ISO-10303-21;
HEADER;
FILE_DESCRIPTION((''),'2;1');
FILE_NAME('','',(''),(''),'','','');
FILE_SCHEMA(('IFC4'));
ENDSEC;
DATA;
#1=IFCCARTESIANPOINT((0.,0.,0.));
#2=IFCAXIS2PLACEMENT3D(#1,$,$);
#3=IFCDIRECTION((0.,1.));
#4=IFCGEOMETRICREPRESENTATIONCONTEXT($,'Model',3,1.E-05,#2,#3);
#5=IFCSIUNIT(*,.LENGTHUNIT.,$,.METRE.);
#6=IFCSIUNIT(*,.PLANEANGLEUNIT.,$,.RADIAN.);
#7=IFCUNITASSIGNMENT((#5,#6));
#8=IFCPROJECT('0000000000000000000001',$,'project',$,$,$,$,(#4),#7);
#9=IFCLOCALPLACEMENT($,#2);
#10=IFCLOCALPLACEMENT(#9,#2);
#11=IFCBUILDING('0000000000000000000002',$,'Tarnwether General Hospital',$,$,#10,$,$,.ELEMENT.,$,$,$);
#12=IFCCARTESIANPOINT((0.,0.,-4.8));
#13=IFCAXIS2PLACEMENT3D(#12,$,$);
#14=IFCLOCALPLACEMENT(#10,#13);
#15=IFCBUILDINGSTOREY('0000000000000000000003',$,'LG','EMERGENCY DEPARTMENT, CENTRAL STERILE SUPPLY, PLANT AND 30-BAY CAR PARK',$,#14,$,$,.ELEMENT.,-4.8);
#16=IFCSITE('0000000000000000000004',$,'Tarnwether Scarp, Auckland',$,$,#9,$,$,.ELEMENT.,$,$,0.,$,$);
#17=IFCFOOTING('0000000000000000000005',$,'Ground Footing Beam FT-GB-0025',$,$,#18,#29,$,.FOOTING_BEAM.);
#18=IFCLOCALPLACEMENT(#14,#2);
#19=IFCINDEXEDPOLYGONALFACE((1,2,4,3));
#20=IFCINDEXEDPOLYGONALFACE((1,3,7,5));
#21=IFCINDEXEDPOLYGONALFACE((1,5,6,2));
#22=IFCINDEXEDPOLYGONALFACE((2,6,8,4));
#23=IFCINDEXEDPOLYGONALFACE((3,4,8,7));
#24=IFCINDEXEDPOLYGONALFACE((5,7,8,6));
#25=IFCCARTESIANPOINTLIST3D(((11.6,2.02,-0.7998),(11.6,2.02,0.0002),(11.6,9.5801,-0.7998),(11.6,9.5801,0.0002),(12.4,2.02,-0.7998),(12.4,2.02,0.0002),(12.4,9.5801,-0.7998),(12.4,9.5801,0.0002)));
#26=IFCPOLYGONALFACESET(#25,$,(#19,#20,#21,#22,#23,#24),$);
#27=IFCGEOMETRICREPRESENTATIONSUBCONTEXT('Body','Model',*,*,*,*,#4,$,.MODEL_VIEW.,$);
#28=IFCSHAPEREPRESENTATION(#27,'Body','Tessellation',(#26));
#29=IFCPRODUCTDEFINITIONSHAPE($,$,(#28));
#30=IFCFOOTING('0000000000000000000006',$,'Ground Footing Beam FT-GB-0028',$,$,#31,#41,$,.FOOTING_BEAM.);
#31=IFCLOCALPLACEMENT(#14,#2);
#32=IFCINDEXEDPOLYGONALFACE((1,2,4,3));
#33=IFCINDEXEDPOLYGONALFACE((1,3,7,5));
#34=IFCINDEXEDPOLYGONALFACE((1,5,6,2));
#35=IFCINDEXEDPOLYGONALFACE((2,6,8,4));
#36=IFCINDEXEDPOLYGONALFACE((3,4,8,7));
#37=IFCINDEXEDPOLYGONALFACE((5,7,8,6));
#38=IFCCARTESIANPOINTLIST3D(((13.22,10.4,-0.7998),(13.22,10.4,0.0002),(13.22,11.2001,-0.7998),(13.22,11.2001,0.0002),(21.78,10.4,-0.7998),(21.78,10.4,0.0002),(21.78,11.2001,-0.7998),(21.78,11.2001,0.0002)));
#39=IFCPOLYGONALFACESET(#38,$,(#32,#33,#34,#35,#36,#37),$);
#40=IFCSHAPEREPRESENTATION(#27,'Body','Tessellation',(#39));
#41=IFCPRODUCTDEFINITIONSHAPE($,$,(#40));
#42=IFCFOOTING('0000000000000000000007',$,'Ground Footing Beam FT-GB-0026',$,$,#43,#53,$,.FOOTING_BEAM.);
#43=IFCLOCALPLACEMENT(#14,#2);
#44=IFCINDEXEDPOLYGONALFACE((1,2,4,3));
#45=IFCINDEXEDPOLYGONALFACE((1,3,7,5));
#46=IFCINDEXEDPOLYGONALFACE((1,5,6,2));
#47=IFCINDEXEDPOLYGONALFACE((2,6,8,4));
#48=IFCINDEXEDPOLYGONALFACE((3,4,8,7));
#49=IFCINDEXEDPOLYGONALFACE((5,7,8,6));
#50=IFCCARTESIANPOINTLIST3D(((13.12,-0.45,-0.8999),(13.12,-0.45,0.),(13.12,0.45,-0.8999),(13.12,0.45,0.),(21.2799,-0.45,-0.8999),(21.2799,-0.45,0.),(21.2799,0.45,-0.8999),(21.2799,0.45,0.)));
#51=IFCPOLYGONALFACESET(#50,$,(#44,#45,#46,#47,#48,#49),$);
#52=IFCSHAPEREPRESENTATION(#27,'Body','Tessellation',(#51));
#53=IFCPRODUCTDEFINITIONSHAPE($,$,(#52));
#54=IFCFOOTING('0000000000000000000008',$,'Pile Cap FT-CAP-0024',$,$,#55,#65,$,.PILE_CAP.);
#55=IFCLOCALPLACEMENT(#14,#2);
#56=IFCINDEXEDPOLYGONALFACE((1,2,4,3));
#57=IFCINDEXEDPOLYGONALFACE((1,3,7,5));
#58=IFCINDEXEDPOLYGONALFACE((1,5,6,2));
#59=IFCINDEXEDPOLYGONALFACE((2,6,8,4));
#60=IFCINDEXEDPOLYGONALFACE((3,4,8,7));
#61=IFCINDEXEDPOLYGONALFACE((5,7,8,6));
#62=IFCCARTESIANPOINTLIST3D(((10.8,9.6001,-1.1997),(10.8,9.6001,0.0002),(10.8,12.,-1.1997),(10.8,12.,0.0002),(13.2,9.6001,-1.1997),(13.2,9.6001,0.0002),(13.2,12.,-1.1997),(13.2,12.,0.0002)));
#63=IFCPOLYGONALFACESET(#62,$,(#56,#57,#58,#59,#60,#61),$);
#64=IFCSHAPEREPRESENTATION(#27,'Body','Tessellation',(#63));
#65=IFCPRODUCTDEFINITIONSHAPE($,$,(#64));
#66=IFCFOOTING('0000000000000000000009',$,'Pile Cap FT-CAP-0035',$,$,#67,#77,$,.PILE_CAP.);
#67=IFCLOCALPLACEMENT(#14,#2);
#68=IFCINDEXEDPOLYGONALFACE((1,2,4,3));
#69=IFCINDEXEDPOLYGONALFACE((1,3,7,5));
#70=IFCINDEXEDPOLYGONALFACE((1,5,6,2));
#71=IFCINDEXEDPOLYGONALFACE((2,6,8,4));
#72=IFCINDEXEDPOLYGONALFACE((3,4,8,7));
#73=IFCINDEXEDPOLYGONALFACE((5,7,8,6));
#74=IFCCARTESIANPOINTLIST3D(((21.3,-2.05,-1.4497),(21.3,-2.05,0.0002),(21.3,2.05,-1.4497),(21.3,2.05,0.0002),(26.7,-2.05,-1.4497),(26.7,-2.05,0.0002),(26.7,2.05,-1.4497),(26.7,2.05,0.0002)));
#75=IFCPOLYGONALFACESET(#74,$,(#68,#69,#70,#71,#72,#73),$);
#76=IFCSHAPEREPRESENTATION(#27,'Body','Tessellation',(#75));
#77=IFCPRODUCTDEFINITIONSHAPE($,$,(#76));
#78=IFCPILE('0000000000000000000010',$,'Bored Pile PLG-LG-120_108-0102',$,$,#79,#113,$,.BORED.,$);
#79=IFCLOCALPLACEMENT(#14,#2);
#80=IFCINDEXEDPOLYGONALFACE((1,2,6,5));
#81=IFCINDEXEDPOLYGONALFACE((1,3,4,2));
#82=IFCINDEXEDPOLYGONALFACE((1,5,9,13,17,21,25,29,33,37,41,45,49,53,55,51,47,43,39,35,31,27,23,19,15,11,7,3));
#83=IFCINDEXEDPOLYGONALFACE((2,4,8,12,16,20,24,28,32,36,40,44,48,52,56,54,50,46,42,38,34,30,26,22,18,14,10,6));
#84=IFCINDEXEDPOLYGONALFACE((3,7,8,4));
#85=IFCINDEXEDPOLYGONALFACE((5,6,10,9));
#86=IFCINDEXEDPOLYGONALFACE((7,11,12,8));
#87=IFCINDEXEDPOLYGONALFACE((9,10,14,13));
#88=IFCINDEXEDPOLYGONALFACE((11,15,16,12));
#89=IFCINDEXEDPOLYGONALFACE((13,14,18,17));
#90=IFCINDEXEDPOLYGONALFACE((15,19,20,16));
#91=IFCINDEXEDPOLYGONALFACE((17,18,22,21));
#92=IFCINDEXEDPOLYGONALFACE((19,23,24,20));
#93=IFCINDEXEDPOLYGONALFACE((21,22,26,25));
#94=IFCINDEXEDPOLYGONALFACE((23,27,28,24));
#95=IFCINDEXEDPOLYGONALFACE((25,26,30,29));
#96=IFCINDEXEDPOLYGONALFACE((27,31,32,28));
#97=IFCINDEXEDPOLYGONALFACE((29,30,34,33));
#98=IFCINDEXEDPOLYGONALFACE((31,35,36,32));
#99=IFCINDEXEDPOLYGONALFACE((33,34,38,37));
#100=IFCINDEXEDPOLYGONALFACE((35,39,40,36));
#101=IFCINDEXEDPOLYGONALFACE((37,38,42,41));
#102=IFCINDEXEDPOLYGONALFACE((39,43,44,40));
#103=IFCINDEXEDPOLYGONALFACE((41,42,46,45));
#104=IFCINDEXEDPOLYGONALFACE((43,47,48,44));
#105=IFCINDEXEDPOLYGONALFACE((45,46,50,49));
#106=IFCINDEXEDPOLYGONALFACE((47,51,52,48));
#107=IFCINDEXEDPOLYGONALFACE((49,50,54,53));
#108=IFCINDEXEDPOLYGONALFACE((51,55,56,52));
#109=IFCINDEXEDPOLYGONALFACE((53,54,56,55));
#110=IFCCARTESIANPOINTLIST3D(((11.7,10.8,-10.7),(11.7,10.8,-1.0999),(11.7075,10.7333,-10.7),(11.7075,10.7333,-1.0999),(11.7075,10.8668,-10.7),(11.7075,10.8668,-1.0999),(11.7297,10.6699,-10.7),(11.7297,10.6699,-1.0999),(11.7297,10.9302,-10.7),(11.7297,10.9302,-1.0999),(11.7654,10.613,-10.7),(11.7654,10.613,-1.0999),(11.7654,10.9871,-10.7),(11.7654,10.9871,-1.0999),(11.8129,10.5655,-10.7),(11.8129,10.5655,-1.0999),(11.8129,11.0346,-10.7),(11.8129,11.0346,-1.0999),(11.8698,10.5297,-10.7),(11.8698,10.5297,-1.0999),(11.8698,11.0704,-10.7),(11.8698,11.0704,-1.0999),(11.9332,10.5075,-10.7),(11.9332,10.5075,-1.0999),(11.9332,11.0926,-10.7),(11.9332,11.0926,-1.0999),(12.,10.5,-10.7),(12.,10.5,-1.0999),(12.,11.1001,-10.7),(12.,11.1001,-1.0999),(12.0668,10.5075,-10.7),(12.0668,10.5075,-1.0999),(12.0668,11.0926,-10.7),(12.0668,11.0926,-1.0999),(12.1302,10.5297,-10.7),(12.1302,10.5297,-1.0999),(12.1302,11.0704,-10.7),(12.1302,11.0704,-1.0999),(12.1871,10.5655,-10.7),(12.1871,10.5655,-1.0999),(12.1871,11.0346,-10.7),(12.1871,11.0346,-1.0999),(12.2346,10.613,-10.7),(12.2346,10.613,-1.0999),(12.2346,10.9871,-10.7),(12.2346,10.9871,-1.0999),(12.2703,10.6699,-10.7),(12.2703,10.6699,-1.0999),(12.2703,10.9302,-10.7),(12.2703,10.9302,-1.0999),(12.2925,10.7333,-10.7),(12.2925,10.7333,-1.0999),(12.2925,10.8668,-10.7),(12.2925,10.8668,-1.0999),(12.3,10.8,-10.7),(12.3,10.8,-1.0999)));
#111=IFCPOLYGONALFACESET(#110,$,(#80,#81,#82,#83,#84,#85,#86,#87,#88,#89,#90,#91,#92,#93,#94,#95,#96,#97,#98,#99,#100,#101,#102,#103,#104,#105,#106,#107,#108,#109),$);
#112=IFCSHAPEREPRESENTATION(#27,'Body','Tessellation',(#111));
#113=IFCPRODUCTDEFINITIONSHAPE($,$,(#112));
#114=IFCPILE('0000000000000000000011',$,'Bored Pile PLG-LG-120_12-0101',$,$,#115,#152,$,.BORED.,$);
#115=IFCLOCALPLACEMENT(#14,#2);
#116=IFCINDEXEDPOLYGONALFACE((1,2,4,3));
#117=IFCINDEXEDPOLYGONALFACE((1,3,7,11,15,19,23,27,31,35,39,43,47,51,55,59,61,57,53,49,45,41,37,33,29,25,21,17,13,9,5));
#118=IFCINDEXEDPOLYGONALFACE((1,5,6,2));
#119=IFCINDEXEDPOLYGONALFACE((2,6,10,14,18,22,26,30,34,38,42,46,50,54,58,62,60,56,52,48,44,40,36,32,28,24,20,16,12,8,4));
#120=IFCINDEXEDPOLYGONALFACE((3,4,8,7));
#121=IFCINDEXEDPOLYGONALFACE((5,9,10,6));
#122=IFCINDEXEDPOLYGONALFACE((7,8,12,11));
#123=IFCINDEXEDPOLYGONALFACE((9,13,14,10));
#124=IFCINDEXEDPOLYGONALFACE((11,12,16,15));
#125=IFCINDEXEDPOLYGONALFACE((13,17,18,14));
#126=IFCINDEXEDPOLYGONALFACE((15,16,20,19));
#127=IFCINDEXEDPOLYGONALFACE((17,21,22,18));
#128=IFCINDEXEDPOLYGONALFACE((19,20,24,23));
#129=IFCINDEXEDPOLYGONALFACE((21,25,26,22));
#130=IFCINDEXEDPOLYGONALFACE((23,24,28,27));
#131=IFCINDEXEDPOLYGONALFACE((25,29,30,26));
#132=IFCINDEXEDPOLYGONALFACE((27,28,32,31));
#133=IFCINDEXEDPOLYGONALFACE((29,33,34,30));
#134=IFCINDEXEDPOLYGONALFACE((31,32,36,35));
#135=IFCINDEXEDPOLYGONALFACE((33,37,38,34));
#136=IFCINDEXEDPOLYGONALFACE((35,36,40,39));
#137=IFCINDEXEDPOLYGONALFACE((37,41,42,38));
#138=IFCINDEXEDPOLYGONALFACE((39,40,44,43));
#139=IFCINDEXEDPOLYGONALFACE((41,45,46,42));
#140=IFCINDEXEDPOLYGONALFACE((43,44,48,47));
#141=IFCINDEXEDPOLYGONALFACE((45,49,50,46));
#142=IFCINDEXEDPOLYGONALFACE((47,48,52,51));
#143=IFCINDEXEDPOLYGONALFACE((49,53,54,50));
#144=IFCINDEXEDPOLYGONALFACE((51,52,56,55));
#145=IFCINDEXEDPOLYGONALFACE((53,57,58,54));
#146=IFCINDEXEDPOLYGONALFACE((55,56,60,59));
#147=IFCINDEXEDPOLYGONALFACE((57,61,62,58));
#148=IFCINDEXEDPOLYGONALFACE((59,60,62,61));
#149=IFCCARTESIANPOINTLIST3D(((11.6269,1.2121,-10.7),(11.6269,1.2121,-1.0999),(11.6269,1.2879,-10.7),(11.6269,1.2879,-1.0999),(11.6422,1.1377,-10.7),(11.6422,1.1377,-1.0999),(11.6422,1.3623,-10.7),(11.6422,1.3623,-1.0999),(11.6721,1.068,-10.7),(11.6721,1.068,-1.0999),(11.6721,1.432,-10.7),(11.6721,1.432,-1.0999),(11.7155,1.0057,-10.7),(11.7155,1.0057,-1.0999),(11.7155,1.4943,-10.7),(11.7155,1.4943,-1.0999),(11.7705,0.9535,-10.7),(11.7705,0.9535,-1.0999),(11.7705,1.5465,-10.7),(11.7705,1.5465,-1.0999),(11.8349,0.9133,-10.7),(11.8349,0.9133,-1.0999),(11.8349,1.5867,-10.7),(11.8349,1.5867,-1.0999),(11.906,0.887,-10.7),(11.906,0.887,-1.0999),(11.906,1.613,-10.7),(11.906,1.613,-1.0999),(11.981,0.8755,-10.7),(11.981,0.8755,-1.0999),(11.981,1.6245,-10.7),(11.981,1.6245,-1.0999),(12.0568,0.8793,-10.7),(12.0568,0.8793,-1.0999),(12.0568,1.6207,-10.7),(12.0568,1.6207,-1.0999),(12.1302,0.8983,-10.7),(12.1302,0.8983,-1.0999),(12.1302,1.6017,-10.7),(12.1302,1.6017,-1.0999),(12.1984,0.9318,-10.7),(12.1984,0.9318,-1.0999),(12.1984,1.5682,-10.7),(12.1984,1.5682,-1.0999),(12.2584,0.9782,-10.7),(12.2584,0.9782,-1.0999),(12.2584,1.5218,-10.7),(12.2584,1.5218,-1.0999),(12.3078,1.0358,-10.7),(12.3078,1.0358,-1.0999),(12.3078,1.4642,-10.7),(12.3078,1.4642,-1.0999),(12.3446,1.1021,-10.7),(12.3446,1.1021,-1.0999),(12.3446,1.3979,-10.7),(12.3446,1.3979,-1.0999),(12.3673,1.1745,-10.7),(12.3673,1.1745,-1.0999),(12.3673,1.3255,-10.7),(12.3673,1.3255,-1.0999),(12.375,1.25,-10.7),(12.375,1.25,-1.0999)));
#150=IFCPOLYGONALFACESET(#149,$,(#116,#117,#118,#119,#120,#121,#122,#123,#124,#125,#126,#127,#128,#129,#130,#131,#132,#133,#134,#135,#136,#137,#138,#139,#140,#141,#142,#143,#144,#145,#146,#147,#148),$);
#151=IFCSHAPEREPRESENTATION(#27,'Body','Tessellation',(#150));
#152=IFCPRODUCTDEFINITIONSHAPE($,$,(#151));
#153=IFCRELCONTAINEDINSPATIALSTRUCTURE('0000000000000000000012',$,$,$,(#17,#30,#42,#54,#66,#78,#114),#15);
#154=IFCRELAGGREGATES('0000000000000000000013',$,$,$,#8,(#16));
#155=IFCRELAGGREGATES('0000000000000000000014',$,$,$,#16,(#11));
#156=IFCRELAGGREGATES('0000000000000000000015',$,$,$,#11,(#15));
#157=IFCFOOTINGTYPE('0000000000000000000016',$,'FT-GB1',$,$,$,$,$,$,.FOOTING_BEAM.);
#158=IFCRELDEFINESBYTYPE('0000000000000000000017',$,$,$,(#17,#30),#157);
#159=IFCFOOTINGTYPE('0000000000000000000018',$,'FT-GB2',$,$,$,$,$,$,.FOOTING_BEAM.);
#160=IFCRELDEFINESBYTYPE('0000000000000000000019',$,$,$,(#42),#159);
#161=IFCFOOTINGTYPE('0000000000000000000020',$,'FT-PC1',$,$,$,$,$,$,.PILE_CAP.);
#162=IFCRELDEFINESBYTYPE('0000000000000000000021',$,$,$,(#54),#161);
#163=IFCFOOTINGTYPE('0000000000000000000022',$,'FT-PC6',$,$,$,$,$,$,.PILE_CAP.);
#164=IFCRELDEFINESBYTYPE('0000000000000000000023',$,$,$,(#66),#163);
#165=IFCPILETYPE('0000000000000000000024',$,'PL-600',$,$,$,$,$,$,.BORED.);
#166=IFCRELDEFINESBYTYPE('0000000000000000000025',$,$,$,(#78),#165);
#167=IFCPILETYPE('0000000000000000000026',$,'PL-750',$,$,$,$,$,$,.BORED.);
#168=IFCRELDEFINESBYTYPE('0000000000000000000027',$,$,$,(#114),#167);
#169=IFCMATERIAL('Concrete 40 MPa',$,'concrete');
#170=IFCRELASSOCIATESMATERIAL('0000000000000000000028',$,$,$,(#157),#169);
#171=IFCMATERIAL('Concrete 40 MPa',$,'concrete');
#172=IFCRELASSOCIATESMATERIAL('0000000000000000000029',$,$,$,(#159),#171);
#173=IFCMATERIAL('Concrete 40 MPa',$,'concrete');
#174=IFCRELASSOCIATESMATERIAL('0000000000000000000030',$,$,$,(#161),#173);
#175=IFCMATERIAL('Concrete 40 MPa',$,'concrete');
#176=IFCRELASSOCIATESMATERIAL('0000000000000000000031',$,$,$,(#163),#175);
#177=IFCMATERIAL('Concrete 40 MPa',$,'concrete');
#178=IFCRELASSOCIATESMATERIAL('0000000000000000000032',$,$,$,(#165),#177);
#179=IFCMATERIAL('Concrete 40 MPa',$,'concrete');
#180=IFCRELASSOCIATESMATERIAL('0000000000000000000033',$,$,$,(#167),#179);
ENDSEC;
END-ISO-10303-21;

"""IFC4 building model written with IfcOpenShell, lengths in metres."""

from ifc_helpers import new_model, si_unit, direction, frame, origin, origin_2d, place, context, subcontext, project, spatial, rectangle, circle, extrude, material, material_profile, profile_set, type_object, element, save


model = new_model("IFC4")

# Units and contexts
model_context = context("Model", 3, precision=1e-05, world=origin(), true_north=direction((0.0, 1.0)))
body_context = subcontext(model_context, "Body", "Model", "MODEL_VIEW")
ifc_project = project(units=[si_unit("LENGTHUNIT", "METRE"), si_unit("PLANEANGLEUNIT", "RADIAN")], contexts=[model_context])

# Site, building, storey
site_placement = place(None, origin())
site = spatial("IfcSite", under=ifc_project, at=site_placement, Name="Tarnwether Scarp, Auckland", CompositionType="ELEMENT", RefElevation=0.0)
building_placement = place(site_placement, origin())
building = spatial("IfcBuilding", under=site, at=building_placement, Name="Tarnwether General Hospital", CompositionType="ELEMENT")
storey_placement = place(building_placement, frame((0.0, 0.0, -4.8)))
storey = spatial("IfcBuildingStorey", under=building, at=storey_placement, Name="LG", Description="EMERGENCY DEPARTMENT, CENTRAL STERILE SUPPLY, PLANT AND 30-BAY CAR PARK", CompositionType="ELEMENT", Elevation=-4.8)

# Footings
ifc_material_1 = material(Name="Concrete 40 MPa", Category="concrete")
footing_type_1 = type_object("IfcFootingType", Name="FT-GB1", PredefinedType="FOOTING_BEAM", material=ifc_material_1)
footing_1_placement = place(storey_placement, frame((12.0, 5.8, -0.7998), z_axis=(0.0, 0.0, 1.0), x_axis=(0.0, 1.0, 0.0)))
element("IfcFooting", 1, at=footing_1_placement, inside=storey, type_object=footing_type_1, Name="Ground Footing Beam FT-GB-0025", PredefinedType="FOOTING_BEAM", context=body_context, shape_type="SweptSolid", body=[
    extrude(rectangle(XDim=7.5601, YDim=0.8, at=origin_2d()), origin(), (0.0, 0.0, 1.0), 0.8),
])
footing_2_placement = place(storey_placement, frame((17.5, 10.8, -0.7998), z_axis=(0.0, 0.0, 1.0), x_axis=(1.0, 0.0, 0.0)))
element("IfcFooting", 2, at=footing_2_placement, inside=storey, type_object=footing_type_1, Name="Ground Footing Beam FT-GB-0028", PredefinedType="FOOTING_BEAM", context=body_context, shape_type="SweptSolid", body=[
    extrude(rectangle(XDim=8.5601, YDim=0.8, at=origin_2d()), origin(), (0.0, 0.0, 1.0), 0.8),
])
ifc_material_2 = material(Name="Concrete 40 MPa", Category="concrete")
footing_type_2 = type_object("IfcFootingType", Name="FT-GB2", PredefinedType="FOOTING_BEAM", material=ifc_material_2)
footing_3_placement = place(storey_placement, frame((17.2, 0.0, -0.8999), z_axis=(0.0, 0.0, 1.0), x_axis=(1.0, 0.0, 0.0)))
element("IfcFooting", 3, at=footing_3_placement, inside=storey, type_object=footing_type_2, Name="Ground Footing Beam FT-GB-0026", PredefinedType="FOOTING_BEAM", context=body_context, shape_type="SweptSolid", body=[
    extrude(rectangle(XDim=8.1599, YDim=0.8999, at=origin_2d()), origin(), (0.0, 0.0, 1.0), 0.8999),
])
ifc_material_3 = material(Name="Concrete 40 MPa", Category="concrete")
footing_type_3 = type_object("IfcFootingType", Name="FT-PC1", PredefinedType="PILE_CAP", material=ifc_material_3)
footing_4_placement = place(storey_placement, frame((12.0, 10.8, -1.1997), z_axis=(0.0, 0.0, 1.0), x_axis=(0.0, 1.0, 0.0)))
element("IfcFooting", 4, at=footing_4_placement, inside=storey, type_object=footing_type_3, Name="Pile Cap FT-CAP-0024", PredefinedType="PILE_CAP", context=body_context, shape_type="SweptSolid", body=[
    extrude(rectangle(XDim=2.3999, YDim=2.3999, at=origin_2d()), origin(), (0.0, 0.0, 1.0), 1.2),
])
ifc_material_4 = material(Name="Concrete 40 MPa", Category="concrete")
footing_type_4 = type_object("IfcFootingType", Name="FT-PC6", PredefinedType="PILE_CAP", material=ifc_material_4)
footing_5_placement = place(storey_placement, frame((24.0, 0.0, -1.4497), z_axis=(0.0, 0.0, 1.0), x_axis=(1.0, 0.0, 0.0)))
element("IfcFooting", 5, at=footing_5_placement, inside=storey, type_object=footing_type_4, Name="Pile Cap FT-CAP-0035", PredefinedType="PILE_CAP", context=body_context, shape_type="SweptSolid", body=[
    extrude(rectangle(XDim=5.3999, YDim=4.1001, at=origin_2d()), origin(), (0.0, 0.0, 1.0), 1.45),
])

# Piles
ifc_material_5 = material(Name="Concrete 40 MPa", Category="concrete")
ifc_material_profile_1 = material_profile(ifc_material_5, circle(Radius=0.3, at=origin_2d()), Name="PILE-D600")
ifc_profile_set_1 = profile_set([ifc_material_profile_1], Name="Concrete 40 MPa")
pile_type_1 = type_object("IfcPileType", Name="PL-600", PredefinedType="BORED", material=ifc_profile_set_1)
pile_1_placement = place(storey_placement, frame((12.0, 10.8, -1.0999), z_axis=(0.0, 0.0, -1.0), x_axis=(1.0, 0.0, 0.0)))
element("IfcPile", 6, at=pile_1_placement, inside=storey, type_object=pile_type_1, Name="Bored Pile PLG-LG-120_108-0102", PredefinedType="BORED", context=body_context, shape_type="SweptSolid", body=[
    extrude(circle(Radius=0.3, at=origin_2d()), origin(), (0.0, 0.0, 1.0), 9.6001),
])
ifc_material_6 = material(Name="Concrete 40 MPa", Category="concrete")
ifc_material_profile_2 = material_profile(ifc_material_6, circle(Radius=0.375, at=origin_2d()), Name="PILE-D750")
ifc_profile_set_2 = profile_set([ifc_material_profile_2], Name="Concrete 40 MPa")
pile_type_2 = type_object("IfcPileType", Name="PL-750", PredefinedType="BORED", material=ifc_profile_set_2)
pile_2_placement = place(storey_placement, frame((12.0, 1.25, -1.0999), z_axis=(0.0, 0.0, -1.0), x_axis=(1.0, 0.0, 0.0)))
element("IfcPile", 7, at=pile_2_placement, inside=storey, type_object=pile_type_2, Name="Bored Pile PLG-LG-120_12-0101", PredefinedType="BORED", context=body_context, shape_type="SweptSolid", body=[
    extrude(circle(Radius=0.375, at=origin_2d()), origin(), (0.0, 0.0, 1.0), 9.6001),
])

save(model, "model.ifc")
